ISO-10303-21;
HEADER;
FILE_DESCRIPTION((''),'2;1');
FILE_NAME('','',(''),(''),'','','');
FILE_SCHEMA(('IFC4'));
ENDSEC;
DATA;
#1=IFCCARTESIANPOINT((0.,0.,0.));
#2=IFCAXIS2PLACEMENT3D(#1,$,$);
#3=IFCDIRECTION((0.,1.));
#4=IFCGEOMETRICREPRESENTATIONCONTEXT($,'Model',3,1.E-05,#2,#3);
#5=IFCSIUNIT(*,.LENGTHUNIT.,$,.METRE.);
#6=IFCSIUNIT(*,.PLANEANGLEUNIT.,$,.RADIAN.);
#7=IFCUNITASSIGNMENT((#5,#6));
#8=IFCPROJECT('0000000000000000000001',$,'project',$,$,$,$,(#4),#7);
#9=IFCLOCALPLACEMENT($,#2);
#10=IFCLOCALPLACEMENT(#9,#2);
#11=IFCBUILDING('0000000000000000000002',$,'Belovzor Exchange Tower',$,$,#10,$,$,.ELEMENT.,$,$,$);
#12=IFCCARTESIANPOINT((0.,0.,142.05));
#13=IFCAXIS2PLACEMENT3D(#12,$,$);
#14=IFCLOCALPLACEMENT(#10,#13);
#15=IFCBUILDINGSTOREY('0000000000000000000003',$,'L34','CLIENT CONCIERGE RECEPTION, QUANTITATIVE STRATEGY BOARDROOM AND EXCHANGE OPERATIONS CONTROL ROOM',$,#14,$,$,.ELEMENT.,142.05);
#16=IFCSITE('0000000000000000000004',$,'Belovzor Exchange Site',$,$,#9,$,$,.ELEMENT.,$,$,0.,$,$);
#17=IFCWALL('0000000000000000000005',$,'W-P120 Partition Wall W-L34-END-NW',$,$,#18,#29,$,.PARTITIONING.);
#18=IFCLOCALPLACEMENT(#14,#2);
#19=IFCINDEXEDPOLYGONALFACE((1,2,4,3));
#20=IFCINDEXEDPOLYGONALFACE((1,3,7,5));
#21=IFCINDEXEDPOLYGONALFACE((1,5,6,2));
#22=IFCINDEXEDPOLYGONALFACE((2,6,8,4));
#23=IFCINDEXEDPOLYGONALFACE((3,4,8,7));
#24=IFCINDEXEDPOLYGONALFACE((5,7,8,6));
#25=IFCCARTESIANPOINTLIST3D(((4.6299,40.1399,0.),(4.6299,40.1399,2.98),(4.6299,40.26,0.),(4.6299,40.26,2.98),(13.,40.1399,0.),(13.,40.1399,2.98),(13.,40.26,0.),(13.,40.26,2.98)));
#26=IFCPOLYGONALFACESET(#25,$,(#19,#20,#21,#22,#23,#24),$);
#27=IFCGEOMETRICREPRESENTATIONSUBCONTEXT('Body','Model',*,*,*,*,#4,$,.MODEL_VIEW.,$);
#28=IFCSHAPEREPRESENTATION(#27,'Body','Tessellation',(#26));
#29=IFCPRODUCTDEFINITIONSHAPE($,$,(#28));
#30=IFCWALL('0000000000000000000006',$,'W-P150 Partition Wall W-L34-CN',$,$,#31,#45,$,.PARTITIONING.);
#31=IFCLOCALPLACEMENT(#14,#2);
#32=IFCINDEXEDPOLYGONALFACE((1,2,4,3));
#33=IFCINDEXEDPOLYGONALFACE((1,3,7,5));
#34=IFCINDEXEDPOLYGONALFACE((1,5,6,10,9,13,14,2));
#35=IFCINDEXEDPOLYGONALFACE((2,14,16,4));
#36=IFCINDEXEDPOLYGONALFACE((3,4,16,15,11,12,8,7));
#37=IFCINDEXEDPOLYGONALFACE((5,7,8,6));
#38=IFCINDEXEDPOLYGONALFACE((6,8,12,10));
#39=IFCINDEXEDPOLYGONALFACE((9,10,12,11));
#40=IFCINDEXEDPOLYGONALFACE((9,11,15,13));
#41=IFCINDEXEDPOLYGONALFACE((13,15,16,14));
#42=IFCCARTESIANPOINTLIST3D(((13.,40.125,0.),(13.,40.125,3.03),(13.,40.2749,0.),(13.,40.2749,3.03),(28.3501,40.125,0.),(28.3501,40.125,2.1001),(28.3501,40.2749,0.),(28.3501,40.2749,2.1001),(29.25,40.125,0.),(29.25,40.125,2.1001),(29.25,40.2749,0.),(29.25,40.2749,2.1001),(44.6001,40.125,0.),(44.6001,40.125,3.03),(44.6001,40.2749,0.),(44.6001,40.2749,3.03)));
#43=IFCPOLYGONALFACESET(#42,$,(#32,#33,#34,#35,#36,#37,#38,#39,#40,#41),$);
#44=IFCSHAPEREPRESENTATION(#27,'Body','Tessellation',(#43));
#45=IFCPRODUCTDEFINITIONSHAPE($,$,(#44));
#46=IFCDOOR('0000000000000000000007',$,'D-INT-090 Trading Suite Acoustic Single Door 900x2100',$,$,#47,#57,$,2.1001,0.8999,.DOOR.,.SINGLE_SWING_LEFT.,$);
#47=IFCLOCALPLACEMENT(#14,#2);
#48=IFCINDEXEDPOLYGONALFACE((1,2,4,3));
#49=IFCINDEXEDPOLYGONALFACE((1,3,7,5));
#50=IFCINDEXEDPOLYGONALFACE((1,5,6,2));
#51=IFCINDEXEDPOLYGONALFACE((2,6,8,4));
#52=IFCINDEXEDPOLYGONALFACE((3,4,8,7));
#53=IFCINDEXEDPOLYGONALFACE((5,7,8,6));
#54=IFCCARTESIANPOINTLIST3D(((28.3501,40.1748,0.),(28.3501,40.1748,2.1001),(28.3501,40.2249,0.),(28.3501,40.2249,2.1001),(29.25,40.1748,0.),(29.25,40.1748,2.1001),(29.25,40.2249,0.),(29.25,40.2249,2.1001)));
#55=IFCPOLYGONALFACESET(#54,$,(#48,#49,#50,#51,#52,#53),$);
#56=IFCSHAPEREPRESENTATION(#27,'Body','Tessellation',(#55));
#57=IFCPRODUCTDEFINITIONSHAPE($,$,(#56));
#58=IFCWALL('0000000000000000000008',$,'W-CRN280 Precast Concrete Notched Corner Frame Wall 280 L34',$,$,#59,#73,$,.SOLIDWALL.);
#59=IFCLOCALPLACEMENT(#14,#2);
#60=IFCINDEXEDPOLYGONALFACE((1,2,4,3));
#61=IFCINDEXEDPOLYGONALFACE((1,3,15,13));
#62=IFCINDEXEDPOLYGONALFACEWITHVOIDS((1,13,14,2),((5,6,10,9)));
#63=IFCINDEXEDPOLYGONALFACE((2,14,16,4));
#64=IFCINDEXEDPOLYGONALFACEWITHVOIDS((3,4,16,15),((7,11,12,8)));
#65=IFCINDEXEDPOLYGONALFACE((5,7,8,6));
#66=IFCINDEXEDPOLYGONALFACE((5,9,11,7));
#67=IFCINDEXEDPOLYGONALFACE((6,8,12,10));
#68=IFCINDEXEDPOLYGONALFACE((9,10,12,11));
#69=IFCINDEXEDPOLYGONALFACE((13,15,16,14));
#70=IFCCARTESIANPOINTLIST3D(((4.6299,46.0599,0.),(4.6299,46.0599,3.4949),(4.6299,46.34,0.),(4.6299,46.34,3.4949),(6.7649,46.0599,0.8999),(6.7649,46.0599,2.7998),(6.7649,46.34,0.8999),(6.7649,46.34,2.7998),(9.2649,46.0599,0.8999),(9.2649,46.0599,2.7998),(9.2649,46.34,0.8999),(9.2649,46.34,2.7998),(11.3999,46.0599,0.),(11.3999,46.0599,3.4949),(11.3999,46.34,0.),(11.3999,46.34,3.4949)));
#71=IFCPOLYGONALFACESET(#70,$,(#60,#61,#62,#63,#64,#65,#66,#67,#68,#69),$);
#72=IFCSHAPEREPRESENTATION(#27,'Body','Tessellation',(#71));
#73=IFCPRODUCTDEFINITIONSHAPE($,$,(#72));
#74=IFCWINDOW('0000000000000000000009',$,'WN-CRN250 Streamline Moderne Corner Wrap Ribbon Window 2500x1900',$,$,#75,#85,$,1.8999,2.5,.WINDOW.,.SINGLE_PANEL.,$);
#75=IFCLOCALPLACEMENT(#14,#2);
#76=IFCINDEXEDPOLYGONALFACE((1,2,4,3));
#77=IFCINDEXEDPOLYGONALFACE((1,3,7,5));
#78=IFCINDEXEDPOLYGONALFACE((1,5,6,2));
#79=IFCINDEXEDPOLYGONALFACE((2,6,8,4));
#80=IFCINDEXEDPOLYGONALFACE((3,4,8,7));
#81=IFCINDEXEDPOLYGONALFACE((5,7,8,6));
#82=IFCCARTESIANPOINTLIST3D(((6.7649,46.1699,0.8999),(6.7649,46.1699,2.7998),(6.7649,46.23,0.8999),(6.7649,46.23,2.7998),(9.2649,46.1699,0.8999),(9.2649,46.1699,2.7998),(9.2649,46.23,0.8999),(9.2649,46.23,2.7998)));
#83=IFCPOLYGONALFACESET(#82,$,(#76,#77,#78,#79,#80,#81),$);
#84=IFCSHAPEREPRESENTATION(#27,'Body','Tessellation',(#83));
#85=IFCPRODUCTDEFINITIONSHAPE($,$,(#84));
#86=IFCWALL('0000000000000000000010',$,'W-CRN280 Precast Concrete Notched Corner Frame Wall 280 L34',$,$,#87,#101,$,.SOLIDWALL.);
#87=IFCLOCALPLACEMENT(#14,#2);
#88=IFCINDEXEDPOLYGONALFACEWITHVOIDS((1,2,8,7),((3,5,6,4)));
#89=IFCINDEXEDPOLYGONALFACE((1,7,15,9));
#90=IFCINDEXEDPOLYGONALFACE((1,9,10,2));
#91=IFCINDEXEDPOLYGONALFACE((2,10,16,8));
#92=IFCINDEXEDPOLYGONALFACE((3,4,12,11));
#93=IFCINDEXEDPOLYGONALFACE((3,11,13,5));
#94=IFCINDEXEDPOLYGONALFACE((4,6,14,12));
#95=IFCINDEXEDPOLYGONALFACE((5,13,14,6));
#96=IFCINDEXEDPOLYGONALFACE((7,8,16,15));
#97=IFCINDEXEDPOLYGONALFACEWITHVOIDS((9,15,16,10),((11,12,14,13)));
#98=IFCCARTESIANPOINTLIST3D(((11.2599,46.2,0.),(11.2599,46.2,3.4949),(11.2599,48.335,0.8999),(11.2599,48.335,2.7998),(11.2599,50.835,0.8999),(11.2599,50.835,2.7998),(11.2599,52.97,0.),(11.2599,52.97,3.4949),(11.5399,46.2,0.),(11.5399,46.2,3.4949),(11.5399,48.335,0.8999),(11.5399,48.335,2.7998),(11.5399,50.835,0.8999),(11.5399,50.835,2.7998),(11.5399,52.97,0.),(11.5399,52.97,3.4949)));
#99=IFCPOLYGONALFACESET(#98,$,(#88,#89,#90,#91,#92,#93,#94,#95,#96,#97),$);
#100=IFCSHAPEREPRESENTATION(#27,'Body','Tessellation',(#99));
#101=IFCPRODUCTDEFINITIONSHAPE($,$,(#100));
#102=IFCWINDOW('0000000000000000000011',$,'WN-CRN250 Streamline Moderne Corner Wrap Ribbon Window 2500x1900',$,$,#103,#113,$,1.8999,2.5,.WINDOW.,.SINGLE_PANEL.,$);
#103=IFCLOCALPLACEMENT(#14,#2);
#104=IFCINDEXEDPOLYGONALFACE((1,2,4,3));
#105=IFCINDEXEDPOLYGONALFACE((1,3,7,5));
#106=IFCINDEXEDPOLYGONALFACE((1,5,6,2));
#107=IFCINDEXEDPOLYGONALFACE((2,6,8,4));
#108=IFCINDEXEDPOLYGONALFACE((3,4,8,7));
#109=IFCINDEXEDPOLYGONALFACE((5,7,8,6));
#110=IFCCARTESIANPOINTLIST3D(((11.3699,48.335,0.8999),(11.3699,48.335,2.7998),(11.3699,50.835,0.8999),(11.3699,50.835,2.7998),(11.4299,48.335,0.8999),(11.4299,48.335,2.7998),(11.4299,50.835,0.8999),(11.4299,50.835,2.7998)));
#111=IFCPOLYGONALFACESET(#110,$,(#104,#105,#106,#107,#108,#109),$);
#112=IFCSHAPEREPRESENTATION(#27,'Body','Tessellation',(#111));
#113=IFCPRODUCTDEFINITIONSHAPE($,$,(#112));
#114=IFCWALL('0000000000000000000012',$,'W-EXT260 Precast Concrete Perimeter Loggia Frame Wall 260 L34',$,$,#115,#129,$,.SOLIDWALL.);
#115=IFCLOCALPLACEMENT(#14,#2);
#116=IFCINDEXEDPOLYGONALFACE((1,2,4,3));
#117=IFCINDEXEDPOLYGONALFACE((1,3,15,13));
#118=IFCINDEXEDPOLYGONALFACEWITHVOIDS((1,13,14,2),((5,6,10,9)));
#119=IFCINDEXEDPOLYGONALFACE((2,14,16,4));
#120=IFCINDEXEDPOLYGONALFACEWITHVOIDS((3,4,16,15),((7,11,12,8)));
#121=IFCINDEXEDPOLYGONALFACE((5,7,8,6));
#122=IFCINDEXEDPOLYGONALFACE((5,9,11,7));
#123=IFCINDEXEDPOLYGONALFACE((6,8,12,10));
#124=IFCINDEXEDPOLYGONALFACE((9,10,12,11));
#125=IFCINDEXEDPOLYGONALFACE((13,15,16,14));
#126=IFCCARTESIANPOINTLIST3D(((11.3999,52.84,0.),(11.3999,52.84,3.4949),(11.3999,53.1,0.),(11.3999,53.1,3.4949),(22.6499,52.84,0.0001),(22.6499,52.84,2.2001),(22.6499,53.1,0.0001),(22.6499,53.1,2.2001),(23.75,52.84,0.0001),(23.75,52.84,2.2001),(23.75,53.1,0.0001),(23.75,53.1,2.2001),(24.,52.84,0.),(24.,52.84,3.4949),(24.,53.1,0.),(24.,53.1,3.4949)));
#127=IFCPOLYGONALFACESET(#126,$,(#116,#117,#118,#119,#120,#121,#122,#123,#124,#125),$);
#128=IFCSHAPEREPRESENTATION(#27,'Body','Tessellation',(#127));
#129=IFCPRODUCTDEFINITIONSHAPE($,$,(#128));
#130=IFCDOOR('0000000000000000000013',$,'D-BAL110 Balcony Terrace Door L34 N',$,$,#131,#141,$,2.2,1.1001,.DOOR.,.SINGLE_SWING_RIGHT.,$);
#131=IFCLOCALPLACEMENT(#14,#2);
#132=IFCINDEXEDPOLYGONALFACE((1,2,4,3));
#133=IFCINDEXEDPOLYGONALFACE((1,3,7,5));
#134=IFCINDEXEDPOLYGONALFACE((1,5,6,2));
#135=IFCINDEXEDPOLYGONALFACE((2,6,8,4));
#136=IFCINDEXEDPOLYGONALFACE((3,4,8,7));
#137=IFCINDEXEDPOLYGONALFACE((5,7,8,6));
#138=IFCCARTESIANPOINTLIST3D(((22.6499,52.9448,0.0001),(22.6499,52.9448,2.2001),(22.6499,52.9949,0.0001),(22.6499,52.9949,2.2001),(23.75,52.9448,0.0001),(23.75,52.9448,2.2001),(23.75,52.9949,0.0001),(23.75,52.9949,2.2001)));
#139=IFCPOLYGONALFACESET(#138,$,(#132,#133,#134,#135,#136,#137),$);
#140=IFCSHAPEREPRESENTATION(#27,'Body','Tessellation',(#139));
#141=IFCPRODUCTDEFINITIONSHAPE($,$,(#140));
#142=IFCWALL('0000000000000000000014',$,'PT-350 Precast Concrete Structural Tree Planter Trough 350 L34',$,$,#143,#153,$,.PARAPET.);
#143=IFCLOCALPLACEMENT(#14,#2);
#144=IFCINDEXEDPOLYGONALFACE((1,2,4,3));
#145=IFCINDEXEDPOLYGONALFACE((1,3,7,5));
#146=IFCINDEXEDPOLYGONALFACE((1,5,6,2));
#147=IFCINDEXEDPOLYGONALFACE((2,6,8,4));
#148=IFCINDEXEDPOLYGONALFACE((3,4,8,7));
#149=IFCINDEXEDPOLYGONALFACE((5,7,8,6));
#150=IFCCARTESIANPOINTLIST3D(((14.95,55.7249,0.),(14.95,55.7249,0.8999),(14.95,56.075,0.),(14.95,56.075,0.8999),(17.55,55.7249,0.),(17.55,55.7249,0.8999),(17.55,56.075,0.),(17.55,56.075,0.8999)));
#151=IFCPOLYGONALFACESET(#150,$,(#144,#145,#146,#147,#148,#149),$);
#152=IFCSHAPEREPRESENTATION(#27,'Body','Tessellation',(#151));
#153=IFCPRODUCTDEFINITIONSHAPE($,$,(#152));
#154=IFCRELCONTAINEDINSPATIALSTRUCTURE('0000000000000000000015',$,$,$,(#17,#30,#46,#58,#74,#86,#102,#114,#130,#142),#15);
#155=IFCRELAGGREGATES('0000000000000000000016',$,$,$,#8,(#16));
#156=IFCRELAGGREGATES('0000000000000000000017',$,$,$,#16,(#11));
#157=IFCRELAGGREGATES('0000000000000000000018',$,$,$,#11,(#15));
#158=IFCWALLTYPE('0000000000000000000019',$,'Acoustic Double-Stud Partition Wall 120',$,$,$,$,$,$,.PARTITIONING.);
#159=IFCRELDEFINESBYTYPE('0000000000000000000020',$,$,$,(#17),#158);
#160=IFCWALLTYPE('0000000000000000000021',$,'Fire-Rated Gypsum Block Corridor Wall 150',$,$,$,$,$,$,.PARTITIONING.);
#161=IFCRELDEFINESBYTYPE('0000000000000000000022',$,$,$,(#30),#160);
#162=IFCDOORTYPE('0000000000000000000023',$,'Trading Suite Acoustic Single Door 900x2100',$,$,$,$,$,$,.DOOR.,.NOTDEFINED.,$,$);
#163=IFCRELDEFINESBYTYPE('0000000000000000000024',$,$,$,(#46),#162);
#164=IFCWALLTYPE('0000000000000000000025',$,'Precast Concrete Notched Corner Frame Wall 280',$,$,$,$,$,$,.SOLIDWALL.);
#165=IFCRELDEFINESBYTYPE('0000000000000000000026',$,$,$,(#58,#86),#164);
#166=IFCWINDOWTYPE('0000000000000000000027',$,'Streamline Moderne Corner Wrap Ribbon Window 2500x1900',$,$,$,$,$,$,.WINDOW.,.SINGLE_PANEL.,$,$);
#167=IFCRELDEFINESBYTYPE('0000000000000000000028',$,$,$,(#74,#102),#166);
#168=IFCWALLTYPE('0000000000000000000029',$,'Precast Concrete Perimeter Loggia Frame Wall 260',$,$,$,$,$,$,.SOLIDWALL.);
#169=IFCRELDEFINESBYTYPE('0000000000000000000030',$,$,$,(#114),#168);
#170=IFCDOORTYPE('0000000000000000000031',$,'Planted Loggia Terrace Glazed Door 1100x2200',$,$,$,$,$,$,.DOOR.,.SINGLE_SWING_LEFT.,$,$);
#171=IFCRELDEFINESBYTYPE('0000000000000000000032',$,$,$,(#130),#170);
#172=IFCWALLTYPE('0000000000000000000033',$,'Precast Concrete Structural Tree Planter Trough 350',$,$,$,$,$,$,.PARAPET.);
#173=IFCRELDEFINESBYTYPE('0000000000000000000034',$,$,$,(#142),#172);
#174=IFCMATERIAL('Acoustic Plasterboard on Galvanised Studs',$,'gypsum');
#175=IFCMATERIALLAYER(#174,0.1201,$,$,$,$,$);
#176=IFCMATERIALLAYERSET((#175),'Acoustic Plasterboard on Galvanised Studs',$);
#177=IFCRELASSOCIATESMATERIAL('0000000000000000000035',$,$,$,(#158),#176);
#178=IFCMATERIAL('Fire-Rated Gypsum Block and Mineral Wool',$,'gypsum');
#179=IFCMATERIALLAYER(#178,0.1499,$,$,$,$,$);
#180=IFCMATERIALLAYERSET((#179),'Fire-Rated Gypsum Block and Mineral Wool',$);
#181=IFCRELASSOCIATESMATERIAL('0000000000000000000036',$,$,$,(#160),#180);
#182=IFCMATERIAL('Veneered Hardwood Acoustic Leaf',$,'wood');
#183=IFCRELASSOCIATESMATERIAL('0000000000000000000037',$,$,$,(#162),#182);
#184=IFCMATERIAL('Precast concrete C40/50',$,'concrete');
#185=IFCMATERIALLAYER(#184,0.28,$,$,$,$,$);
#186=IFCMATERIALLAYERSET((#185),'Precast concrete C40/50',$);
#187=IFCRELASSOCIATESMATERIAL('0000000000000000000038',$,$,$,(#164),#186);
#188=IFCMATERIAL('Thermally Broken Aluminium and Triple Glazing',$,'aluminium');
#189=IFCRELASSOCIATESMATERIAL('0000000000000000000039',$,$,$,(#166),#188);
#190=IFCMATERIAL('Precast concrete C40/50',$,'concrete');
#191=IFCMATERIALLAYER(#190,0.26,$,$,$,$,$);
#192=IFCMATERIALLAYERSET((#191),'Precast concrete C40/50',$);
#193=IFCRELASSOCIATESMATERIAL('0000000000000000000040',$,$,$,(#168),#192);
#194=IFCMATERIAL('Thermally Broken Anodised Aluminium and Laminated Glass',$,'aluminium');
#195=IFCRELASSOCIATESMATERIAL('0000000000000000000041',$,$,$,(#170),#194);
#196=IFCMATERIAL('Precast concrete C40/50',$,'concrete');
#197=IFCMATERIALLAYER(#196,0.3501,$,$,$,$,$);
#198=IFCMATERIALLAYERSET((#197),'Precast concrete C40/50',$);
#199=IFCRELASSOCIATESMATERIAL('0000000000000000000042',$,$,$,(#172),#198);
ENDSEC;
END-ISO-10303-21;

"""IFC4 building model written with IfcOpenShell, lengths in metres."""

from ifc_helpers import new_model, si_unit, direction, frame, frame_2d, origin, place, context, subcontext, project, spatial, rectangle, extrude, material, layer, layer_set, type_object, element, fill, save


model = new_model("IFC4")

# Units and contexts
model_context = context("Model", 3, precision=1e-05, world=origin(), true_north=direction((0.0, 1.0)))
body_context = subcontext(model_context, "Body", "Model", "MODEL_VIEW")
ifc_project = project(units=[si_unit("LENGTHUNIT", "METRE"), si_unit("PLANEANGLEUNIT", "RADIAN")], contexts=[model_context])

# Site, building, storey
site_placement = place(None, origin())
site = spatial("IfcSite", under=ifc_project, at=site_placement, Name="Belovzor Exchange Site", CompositionType="ELEMENT", RefElevation=0.0)
building_placement = place(site_placement, origin())
building = spatial("IfcBuilding", under=site, at=building_placement, Name="Belovzor Exchange Tower", CompositionType="ELEMENT")
storey_placement = place(building_placement, frame((0.0, 0.0, 142.05)))
storey = spatial("IfcBuildingStorey", under=building, at=storey_placement, Name="L34", Description="CLIENT CONCIERGE RECEPTION, QUANTITATIVE STRATEGY BOARDROOM AND EXCHANGE OPERATIONS CONTROL ROOM", CompositionType="ELEMENT", Elevation=142.05)

# Wall
ifc_material_1 = material(Name="Acoustic Plasterboard on Galvanised Studs", Category="gypsum")
ifc_layer_1 = layer(ifc_material_1, 0.1201)
ifc_layer_set_1 = layer_set([ifc_layer_1], Name="Acoustic Plasterboard on Galvanised Studs")
wall_type_1 = type_object("IfcWallType", Name="Acoustic Double-Stud Partition Wall 120", PredefinedType="PARTITIONING", material=ifc_layer_set_1)
wall_1_placement = place(storey_placement, frame((4.6299, 40.2, 0.0), z_axis=(0.0, 0.0, 1.0), x_axis=(1.0, 0.0, 0.0)))
element("IfcWall", 1, at=wall_1_placement, inside=storey, type_object=wall_type_1, Name="W-P120 Partition Wall W-L34-END-NW", PredefinedType="PARTITIONING", context=body_context, shape_type="SweptSolid", body=[
    extrude(rectangle(XDim=8.3701, YDim=0.1201, at=frame_2d((4.1851, 0.0))), origin(), (0.0, 0.0, 1.0), 2.98),
])

# Wall, opening, door
ifc_material_2 = material(Name="Fire-Rated Gypsum Block and Mineral Wool", Category="gypsum")
ifc_layer_2 = layer(ifc_material_2, 0.1499)
ifc_layer_set_2 = layer_set([ifc_layer_2], Name="Fire-Rated Gypsum Block and Mineral Wool")
wall_type_2 = type_object("IfcWallType", Name="Fire-Rated Gypsum Block Corridor Wall 150", PredefinedType="PARTITIONING", material=ifc_layer_set_2)
wall_2_placement = place(storey_placement, frame((13.0, 40.2, 0.0), z_axis=(0.0, 0.0, 1.0), x_axis=(1.0, 0.0, 0.0)))
wall_2 = element("IfcWall", 2, at=wall_2_placement, inside=storey, type_object=wall_type_2, Name="W-P150 Partition Wall W-L34-CN", PredefinedType="PARTITIONING", context=body_context, shape_type="SweptSolid", body=[
    extrude(rectangle(XDim=31.6001, YDim=0.1499, at=frame_2d((15.8, 0.0))), origin(), (0.0, 0.0, 1.0), 3.03),
])
opening_1_placement = place(wall_2_placement, frame((15.3501, 0.0, 0.0)))
opening_1 = element("IfcOpeningElement", 3, at=opening_1_placement, cuts=wall_2, PredefinedType="OPENING", context=body_context, shape_type="SweptSolid", body=[
    extrude(rectangle(XDim=0.8999, YDim=2.1001, at=frame_2d((0.45, 1.05))), frame((0.0, 0.085, 0.0), z_axis=(0.0, -1.0, 0.0), x_axis=(1.0, 0.0, 0.0)), (0.0, 0.0, 1.0), 0.1699),
])
ifc_material_3 = material(Name="Veneered Hardwood Acoustic Leaf", Category="wood")
door_type_1 = type_object("IfcDoorType", Name="Trading Suite Acoustic Single Door 900x2100", OperationType="NOTDEFINED", PredefinedType="DOOR", material=ifc_material_3)
door_1_placement = place(opening_1_placement, origin())
door_1 = element("IfcDoor", 4, at=door_1_placement, inside=storey, type_object=door_type_1, Name="D-INT-090 Trading Suite Acoustic Single Door 900x2100", OperationType="SINGLE_SWING_LEFT", OverallHeight=2.1001, OverallWidth=0.8999, PredefinedType="DOOR", context=body_context, shape_type="SweptSolid", body=[
    extrude(rectangle(XDim=0.8999, YDim=2.1001, at=frame_2d((0.45, 1.05))), frame((0.0, 0.0249, 0.0), z_axis=(0.0, -1.0, 0.0), x_axis=(1.0, 0.0, 0.0)), (0.0, 0.0, 1.0), 0.05),
])
fill(opening_1, door_1)

# Walls, openings, windows
ifc_material_4 = material(Name="Precast concrete C40/50", Category="concrete")
ifc_layer_3 = layer(ifc_material_4, 0.28)
ifc_layer_set_3 = layer_set([ifc_layer_3], Name="Precast concrete C40/50")
wall_type_3 = type_object("IfcWallType", Name="Precast Concrete Notched Corner Frame Wall 280", PredefinedType="SOLIDWALL", material=ifc_layer_set_3)
wall_3_placement = place(storey_placement, frame((4.6299, 46.2, 0.0), z_axis=(0.0, 0.0, 1.0), x_axis=(1.0, 0.0, 0.0)))
wall_3 = element("IfcWall", 5, at=wall_3_placement, inside=storey, type_object=wall_type_3, Name="W-CRN280 Precast Concrete Notched Corner Frame Wall 280 L34", PredefinedType="SOLIDWALL", context=body_context, shape_type="SweptSolid", body=[
    extrude(rectangle(XDim=6.77, YDim=0.28, at=frame_2d((3.385, 0.0))), origin(), (0.0, 0.0, 1.0), 3.4949),
])
opening_2_placement = place(wall_3_placement, frame((2.135, 0.0, 0.8999)))
opening_2 = element("IfcOpeningElement", 6, at=opening_2_placement, cuts=wall_3, PredefinedType="OPENING", context=body_context, shape_type="SweptSolid", body=[
    extrude(rectangle(XDim=2.5, YDim=1.8999, at=frame_2d((1.25, 0.95))), frame((0.0, 0.1499, 0.0), z_axis=(0.0, -1.0, 0.0), x_axis=(1.0, 0.0, 0.0)), (0.0, 0.0, 1.0), 0.3),
])
ifc_material_5 = material(Name="Thermally Broken Aluminium and Triple Glazing", Category="aluminium")
window_type = type_object("IfcWindowType", Name="Streamline Moderne Corner Wrap Ribbon Window 2500x1900", PartitioningType="SINGLE_PANEL", PredefinedType="WINDOW", material=ifc_material_5)
window_1_placement = place(opening_2_placement, origin())
window_1 = element("IfcWindow", 7, at=window_1_placement, inside=storey, type_object=window_type, Name="WN-CRN250 Streamline Moderne Corner Wrap Ribbon Window 2500x1900", OverallHeight=1.8999, OverallWidth=2.5, PartitioningType="SINGLE_PANEL", PredefinedType="WINDOW", context=body_context, shape_type="SweptSolid", body=[
    extrude(rectangle(XDim=2.5, YDim=1.8999, at=frame_2d((1.25, 0.95))), frame((0.0, 0.03, 0.0), z_axis=(0.0, -1.0, 0.0), x_axis=(1.0, 0.0, 0.0)), (0.0, 0.0, 1.0), 0.0601),
])
fill(opening_2, window_1)
wall_4_placement = place(storey_placement, frame((11.3999, 46.2, 0.0), z_axis=(0.0, 0.0, 1.0), x_axis=(0.0, 1.0, 0.0)))
wall_4 = element("IfcWall", 8, at=wall_4_placement, inside=storey, type_object=wall_type_3, Name="W-CRN280 Precast Concrete Notched Corner Frame Wall 280 L34", PredefinedType="SOLIDWALL", context=body_context, shape_type="SweptSolid", body=[
    extrude(rectangle(XDim=6.77, YDim=0.28, at=frame_2d((3.385, 0.0))), origin(), (0.0, 0.0, 1.0), 3.4949),
])
opening_3_placement = place(wall_4_placement, frame((2.135, 0.0, 0.8999)))
opening_3 = element("IfcOpeningElement", 9, at=opening_3_placement, cuts=wall_4, PredefinedType="OPENING", context=body_context, shape_type="SweptSolid", body=[
    extrude(rectangle(XDim=2.5, YDim=1.8999, at=frame_2d((1.25, 0.95))), frame((0.0, 0.1499, 0.0), z_axis=(0.0, -1.0, 0.0), x_axis=(1.0, 0.0, 0.0)), (0.0, 0.0, 1.0), 0.3),
])
window_2_placement = place(opening_3_placement, origin())
window_2 = element("IfcWindow", 10, at=window_2_placement, inside=storey, type_object=window_type, Name="WN-CRN250 Streamline Moderne Corner Wrap Ribbon Window 2500x1900", OverallHeight=1.8999, OverallWidth=2.5, PartitioningType="SINGLE_PANEL", PredefinedType="WINDOW", context=body_context, shape_type="SweptSolid", body=[
    extrude(rectangle(XDim=2.5, YDim=1.8999, at=frame_2d((1.25, 0.95))), frame((0.0, 0.03, 0.0), z_axis=(0.0, -1.0, 0.0), x_axis=(1.0, 0.0, 0.0)), (0.0, 0.0, 1.0), 0.0601),
])
fill(opening_3, window_2)

# Wall, opening, door
ifc_material_6 = material(Name="Precast concrete C40/50", Category="concrete")
ifc_layer_4 = layer(ifc_material_6, 0.26)
ifc_layer_set_4 = layer_set([ifc_layer_4], Name="Precast concrete C40/50")
wall_type_4 = type_object("IfcWallType", Name="Precast Concrete Perimeter Loggia Frame Wall 260", PredefinedType="SOLIDWALL", material=ifc_layer_set_4)
wall_5_placement = place(storey_placement, frame((11.3999, 52.97, 0.0), z_axis=(0.0, 0.0, 1.0), x_axis=(1.0, 0.0, 0.0)))
wall_5 = element("IfcWall", 11, at=wall_5_placement, inside=storey, type_object=wall_type_4, Name="W-EXT260 Precast Concrete Perimeter Loggia Frame Wall 260 L34", PredefinedType="SOLIDWALL", context=body_context, shape_type="SweptSolid", body=[
    extrude(rectangle(XDim=12.6001, YDim=0.26, at=frame_2d((6.3, 0.0))), origin(), (0.0, 0.0, 1.0), 3.4949),
])
opening_4_placement = place(wall_5_placement, frame((11.25, 0.0, 0.0)))
opening_4 = element("IfcOpeningElement", 12, at=opening_4_placement, cuts=wall_5, PredefinedType="OPENING", context=body_context, shape_type="SweptSolid", body=[
    extrude(rectangle(XDim=1.1001, YDim=2.2, at=frame_2d((0.55, 1.1001))), frame((0.0, 0.1399, 0.0), z_axis=(0.0, -1.0, 0.0), x_axis=(1.0, 0.0, 0.0)), (0.0, 0.0, 1.0), 0.28),
])
ifc_material_7 = material(Name="Thermally Broken Anodised Aluminium and Laminated Glass", Category="aluminium")
door_type_2 = type_object("IfcDoorType", Name="Planted Loggia Terrace Glazed Door 1100x2200", OperationType="SINGLE_SWING_LEFT", PredefinedType="DOOR", material=ifc_material_7)
door_2_placement = place(opening_4_placement, origin())
door_2 = element("IfcDoor", 13, at=door_2_placement, inside=storey, type_object=door_type_2, Name="D-BAL110 Balcony Terrace Door L34 N", OperationType="SINGLE_SWING_RIGHT", OverallHeight=2.2, OverallWidth=1.1001, PredefinedType="DOOR", context=body_context, shape_type="SweptSolid", body=[
    extrude(rectangle(XDim=1.1001, YDim=2.2, at=frame_2d((0.55, 1.1001))), frame((0.0, 0.0249, 0.0), z_axis=(0.0, -1.0, 0.0), x_axis=(1.0, 0.0, 0.0)), (0.0, 0.0, 1.0), 0.05),
])
fill(opening_4, door_2)

# Wall
ifc_material_8 = material(Name="Precast concrete C40/50", Category="concrete")
ifc_layer_5 = layer(ifc_material_8, 0.3501)
ifc_layer_set_5 = layer_set([ifc_layer_5], Name="Precast concrete C40/50")
wall_type_5 = type_object("IfcWallType", Name="Precast Concrete Structural Tree Planter Trough 350", PredefinedType="PARAPET", material=ifc_layer_set_5)
wall_6_placement = place(storey_placement, frame((14.95, 55.8999, 0.0), z_axis=(0.0, 0.0, 1.0), x_axis=(1.0, 0.0, 0.0)))
element("IfcWall", 14, at=wall_6_placement, inside=storey, type_object=wall_type_5, Name="PT-350 Precast Concrete Structural Tree Planter Trough 350 L34", PredefinedType="PARAPET", context=body_context, shape_type="SweptSolid", body=[
    extrude(rectangle(XDim=2.6001, YDim=0.3501, at=frame_2d((1.3, 0.0))), origin(), (0.0, 0.0, 1.0), 0.8999),
])

save(model, "model.ifc")
